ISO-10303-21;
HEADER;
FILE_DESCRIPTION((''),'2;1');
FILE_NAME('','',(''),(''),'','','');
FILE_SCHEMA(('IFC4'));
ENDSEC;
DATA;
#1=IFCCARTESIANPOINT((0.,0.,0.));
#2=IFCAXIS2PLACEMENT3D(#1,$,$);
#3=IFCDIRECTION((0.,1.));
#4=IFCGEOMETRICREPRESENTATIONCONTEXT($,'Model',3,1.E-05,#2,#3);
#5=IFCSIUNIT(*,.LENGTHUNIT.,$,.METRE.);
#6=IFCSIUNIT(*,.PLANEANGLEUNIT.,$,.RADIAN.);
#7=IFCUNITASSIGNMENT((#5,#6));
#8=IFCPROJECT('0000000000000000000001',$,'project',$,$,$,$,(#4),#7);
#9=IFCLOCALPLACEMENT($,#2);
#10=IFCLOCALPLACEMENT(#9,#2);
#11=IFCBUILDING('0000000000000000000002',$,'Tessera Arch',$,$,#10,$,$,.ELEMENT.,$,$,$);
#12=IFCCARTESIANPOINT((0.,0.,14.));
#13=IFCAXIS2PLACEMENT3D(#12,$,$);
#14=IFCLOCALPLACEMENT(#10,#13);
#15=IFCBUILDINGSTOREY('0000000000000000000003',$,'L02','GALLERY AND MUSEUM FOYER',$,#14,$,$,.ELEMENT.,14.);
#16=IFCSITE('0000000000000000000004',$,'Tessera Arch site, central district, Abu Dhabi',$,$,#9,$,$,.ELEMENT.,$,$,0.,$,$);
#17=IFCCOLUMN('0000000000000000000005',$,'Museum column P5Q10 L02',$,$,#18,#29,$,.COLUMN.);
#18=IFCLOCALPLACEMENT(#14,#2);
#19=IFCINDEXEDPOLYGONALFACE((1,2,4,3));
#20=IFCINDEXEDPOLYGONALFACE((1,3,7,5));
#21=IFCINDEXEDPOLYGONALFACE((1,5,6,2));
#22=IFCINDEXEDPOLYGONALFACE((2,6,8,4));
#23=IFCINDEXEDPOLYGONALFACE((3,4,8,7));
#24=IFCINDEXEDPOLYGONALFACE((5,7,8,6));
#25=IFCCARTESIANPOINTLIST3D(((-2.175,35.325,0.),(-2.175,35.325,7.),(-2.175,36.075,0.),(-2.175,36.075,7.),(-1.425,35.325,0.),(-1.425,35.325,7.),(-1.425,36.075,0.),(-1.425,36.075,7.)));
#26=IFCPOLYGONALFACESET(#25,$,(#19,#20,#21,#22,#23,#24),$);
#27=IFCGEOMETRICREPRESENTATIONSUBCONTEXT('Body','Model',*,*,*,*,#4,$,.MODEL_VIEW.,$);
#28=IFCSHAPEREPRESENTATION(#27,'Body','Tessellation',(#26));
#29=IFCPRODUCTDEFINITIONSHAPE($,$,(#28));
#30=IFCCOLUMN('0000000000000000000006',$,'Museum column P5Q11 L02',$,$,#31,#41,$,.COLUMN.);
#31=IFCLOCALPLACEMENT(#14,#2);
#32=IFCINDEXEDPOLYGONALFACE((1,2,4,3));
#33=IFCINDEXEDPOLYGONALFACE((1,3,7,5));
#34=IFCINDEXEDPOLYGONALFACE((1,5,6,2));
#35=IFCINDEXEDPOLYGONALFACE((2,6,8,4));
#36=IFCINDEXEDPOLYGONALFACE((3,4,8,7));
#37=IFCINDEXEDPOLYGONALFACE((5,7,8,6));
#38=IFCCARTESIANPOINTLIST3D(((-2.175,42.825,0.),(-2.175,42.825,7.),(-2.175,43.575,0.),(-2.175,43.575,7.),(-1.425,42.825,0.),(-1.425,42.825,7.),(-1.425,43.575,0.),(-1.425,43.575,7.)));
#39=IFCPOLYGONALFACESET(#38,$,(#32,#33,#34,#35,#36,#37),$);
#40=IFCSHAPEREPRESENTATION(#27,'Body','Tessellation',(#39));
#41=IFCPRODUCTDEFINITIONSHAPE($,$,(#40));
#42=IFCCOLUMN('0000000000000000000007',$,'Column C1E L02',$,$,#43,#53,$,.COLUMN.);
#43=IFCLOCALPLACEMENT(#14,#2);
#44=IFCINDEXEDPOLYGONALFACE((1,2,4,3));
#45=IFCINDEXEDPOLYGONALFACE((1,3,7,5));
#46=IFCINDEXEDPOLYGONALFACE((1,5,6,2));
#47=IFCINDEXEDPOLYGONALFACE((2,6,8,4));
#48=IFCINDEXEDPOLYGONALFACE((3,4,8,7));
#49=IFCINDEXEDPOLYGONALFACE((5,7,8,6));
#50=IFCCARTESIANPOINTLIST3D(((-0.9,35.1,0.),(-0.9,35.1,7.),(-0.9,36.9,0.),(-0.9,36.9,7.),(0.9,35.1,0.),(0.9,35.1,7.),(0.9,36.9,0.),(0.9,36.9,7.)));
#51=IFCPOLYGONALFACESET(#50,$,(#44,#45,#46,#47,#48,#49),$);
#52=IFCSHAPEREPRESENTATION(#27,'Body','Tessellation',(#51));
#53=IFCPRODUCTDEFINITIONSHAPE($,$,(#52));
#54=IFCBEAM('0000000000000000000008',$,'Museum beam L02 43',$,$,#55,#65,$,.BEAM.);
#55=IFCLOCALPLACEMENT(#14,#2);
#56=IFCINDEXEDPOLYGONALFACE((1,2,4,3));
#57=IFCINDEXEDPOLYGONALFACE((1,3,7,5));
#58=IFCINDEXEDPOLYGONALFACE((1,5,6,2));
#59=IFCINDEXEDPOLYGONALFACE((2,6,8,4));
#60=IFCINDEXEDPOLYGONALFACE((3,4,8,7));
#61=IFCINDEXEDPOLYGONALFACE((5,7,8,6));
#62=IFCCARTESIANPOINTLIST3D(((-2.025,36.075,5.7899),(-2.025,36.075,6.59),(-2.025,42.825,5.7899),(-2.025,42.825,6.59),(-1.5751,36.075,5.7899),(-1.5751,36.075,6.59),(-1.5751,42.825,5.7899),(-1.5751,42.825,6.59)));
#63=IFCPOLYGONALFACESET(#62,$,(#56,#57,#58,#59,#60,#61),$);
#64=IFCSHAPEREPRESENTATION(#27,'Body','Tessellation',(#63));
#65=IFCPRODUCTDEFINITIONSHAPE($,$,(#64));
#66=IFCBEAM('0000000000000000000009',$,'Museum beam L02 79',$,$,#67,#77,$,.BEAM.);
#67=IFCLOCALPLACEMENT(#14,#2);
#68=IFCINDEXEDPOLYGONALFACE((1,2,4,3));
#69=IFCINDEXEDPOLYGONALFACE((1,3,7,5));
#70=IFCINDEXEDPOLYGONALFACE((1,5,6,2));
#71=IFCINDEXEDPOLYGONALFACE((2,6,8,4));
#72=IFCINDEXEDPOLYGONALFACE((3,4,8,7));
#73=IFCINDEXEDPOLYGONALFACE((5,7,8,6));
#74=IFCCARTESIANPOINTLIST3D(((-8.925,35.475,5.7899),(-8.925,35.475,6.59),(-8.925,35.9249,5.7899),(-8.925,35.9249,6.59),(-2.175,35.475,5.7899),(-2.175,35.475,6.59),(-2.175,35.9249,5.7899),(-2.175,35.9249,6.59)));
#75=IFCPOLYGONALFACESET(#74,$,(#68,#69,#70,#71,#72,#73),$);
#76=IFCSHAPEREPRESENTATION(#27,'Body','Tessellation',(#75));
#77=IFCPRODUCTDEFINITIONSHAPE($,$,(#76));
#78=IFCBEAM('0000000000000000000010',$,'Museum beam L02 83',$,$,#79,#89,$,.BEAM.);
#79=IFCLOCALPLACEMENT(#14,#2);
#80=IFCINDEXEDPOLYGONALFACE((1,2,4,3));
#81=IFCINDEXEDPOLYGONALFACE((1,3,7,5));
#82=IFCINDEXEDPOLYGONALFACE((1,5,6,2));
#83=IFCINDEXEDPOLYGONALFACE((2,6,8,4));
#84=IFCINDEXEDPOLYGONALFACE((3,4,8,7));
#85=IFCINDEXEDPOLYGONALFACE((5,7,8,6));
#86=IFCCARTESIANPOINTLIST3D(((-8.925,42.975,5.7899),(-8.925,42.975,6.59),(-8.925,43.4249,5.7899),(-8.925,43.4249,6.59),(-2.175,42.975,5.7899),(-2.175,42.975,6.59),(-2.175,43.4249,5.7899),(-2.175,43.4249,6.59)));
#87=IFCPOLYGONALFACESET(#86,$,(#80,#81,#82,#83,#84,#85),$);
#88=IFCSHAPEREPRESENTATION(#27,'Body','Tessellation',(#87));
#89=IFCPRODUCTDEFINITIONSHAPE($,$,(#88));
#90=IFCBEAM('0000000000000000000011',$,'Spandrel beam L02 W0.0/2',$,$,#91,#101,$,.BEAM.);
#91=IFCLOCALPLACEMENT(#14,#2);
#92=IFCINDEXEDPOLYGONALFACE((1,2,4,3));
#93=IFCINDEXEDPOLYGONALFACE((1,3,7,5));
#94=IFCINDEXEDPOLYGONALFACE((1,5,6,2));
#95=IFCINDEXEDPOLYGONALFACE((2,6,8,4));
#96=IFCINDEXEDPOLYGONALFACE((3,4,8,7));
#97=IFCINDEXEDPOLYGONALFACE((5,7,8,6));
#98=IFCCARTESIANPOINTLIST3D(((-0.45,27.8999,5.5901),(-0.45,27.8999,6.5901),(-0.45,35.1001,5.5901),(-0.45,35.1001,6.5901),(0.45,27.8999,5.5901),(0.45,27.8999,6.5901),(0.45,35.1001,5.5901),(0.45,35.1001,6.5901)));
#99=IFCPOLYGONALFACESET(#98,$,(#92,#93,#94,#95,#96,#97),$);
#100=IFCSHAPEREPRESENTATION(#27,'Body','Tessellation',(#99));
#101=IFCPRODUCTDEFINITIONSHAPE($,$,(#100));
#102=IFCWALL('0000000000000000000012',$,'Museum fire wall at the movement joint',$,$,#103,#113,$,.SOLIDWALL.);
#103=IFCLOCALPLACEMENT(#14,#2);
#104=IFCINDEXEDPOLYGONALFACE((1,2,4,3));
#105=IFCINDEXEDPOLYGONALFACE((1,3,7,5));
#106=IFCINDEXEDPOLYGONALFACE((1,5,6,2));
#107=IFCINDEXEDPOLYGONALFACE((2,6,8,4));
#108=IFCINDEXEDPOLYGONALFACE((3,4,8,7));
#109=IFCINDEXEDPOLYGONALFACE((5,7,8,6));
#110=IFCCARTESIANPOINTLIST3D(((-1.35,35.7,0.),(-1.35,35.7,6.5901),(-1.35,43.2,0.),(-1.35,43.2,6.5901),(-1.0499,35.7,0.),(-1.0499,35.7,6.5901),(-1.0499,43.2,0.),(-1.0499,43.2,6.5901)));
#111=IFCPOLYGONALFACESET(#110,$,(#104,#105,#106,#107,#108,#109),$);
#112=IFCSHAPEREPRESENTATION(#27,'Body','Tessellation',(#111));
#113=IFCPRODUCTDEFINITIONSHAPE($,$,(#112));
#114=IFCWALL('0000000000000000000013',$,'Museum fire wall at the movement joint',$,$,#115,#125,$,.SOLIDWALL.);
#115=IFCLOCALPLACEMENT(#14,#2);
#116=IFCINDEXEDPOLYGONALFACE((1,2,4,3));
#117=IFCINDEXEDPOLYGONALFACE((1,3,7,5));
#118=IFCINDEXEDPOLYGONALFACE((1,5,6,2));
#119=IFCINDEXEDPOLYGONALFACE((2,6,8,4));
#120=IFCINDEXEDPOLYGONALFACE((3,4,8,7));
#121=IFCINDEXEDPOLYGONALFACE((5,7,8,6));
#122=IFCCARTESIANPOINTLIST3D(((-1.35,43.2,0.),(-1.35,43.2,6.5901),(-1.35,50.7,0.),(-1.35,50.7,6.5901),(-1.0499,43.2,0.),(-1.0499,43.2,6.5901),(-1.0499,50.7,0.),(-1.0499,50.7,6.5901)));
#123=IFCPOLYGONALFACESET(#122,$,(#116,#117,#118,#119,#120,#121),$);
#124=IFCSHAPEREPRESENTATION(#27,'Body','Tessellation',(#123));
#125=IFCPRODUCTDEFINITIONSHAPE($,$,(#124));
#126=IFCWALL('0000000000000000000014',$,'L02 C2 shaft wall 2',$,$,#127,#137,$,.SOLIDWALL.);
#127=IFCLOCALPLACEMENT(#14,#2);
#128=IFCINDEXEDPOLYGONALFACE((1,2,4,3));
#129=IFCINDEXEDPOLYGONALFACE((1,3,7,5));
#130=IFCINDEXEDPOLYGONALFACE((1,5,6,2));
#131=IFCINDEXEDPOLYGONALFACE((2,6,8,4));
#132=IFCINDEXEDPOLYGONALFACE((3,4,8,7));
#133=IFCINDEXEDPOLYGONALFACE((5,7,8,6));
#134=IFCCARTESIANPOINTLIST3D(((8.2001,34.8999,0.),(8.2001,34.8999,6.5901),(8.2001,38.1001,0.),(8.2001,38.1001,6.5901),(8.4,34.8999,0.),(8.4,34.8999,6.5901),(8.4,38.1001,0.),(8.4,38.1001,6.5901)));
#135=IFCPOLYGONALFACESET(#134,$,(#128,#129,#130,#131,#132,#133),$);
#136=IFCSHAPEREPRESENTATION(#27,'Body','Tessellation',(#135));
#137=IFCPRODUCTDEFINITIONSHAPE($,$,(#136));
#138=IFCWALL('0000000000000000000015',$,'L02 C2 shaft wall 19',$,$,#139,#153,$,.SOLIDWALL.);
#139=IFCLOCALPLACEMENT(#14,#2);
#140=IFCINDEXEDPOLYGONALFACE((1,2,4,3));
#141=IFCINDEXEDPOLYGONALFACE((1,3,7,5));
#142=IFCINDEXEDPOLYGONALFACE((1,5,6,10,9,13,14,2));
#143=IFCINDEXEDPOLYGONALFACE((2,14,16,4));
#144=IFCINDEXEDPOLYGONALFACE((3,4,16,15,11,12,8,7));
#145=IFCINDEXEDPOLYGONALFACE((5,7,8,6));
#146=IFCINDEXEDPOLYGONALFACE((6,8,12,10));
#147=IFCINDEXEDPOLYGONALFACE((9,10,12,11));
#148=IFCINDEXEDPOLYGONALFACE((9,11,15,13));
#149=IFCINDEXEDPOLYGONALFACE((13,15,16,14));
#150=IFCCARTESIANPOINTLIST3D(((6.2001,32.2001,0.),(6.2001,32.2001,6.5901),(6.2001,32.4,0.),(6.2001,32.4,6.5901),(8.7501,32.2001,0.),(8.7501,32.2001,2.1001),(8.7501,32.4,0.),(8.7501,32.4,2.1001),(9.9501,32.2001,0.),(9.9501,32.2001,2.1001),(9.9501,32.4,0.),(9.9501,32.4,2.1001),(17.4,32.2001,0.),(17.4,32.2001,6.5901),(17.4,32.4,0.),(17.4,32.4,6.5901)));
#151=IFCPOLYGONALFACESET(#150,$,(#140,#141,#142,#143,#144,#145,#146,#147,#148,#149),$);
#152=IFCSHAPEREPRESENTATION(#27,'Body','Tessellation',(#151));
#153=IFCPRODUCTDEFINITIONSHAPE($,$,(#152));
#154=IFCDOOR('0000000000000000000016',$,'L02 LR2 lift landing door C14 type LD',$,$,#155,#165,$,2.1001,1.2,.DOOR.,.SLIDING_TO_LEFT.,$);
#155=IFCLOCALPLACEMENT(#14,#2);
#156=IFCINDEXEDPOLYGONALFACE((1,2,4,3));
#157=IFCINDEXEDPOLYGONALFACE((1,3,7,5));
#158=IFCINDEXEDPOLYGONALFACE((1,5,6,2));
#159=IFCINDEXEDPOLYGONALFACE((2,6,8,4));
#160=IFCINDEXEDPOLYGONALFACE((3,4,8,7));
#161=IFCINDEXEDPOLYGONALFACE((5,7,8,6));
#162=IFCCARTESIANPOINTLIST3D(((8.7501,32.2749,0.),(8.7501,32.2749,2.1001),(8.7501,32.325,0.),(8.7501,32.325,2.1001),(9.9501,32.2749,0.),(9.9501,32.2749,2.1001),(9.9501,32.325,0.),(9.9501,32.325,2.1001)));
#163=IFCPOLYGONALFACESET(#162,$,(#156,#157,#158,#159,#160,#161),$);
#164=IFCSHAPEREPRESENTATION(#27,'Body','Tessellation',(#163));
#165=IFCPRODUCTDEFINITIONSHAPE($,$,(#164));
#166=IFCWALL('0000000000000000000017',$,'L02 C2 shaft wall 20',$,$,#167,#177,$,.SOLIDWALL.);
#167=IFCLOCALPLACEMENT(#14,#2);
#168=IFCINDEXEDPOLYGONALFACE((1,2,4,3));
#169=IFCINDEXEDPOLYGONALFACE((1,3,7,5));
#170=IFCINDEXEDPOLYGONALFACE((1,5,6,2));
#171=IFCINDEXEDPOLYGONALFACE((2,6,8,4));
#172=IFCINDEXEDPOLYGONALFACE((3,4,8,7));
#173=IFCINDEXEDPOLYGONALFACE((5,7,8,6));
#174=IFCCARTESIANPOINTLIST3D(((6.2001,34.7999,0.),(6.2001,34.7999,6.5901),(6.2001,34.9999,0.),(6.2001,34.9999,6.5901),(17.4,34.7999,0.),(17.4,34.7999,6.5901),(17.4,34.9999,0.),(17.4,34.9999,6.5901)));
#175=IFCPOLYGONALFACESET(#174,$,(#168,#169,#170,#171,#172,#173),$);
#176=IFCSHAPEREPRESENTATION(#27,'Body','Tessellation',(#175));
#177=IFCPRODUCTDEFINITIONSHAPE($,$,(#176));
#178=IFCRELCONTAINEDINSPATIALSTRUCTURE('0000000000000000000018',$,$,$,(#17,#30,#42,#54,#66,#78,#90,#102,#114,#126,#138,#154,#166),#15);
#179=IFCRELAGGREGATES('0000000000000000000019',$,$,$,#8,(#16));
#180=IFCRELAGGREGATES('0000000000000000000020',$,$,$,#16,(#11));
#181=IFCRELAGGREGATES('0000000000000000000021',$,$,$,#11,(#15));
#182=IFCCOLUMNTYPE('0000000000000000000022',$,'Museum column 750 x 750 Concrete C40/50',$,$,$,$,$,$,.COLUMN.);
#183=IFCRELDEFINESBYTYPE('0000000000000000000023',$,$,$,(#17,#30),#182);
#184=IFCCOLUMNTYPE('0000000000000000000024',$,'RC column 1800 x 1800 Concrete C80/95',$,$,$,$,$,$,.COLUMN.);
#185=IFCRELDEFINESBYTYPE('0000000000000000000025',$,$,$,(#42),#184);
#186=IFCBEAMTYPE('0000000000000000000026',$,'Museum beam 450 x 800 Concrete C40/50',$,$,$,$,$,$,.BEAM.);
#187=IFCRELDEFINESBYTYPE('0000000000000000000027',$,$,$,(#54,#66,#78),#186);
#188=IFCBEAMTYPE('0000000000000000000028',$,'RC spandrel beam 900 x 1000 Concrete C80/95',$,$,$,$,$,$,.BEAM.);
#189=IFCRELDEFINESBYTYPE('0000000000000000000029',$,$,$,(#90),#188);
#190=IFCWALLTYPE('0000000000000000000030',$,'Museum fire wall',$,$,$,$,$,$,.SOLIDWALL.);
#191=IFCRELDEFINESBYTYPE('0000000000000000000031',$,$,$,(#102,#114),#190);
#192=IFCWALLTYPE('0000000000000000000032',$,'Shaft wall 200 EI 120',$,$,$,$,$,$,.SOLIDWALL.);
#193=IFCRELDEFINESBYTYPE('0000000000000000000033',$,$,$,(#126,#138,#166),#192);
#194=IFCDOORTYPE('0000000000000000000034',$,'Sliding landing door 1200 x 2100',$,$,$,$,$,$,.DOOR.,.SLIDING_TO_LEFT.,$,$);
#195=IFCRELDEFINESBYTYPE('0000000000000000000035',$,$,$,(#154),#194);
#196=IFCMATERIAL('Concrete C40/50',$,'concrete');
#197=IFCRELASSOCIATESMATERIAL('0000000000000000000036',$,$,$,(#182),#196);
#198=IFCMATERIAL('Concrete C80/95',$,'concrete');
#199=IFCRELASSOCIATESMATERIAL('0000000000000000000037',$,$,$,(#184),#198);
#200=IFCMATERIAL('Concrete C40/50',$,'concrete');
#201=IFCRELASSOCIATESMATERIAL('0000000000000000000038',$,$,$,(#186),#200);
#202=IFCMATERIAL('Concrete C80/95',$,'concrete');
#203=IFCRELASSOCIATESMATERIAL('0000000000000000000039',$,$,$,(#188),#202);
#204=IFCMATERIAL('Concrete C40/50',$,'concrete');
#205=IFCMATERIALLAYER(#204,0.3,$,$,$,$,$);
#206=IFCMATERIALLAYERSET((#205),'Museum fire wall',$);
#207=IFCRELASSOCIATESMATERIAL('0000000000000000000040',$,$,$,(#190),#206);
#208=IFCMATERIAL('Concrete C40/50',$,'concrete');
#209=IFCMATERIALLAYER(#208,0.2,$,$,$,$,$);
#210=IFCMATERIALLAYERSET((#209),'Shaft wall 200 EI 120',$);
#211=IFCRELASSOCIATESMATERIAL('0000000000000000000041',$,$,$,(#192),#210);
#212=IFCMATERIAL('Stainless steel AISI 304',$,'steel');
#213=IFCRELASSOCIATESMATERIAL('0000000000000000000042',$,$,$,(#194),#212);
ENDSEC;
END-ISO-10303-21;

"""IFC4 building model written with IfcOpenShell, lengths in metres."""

from ifc_helpers import new_model, si_unit, direction, frame, frame_2d, origin, origin_2d, place, context, subcontext, project, spatial, rectangle, extrude, material, layer, layer_set, material_profile, profile_set, type_object, element, fill, save


model = new_model("IFC4")

# Units and contexts
model_context = context("Model", 3, precision=1e-05, world=origin(), true_north=direction((0.0, 1.0)))
body_context = subcontext(model_context, "Body", "Model", "MODEL_VIEW")
ifc_project = project(units=[si_unit("LENGTHUNIT", "METRE"), si_unit("PLANEANGLEUNIT", "RADIAN")], contexts=[model_context])

# Site, building, storey
site_placement = place(None, origin())
site = spatial("IfcSite", under=ifc_project, at=site_placement, Name="Tessera Arch site, central district, Abu Dhabi", CompositionType="ELEMENT", RefElevation=0.0)
building_placement = place(site_placement, origin())
building = spatial("IfcBuilding", under=site, at=building_placement, Name="Tessera Arch", CompositionType="ELEMENT")
storey_placement = place(building_placement, frame((0.0, 0.0, 14.0)))
storey = spatial("IfcBuildingStorey", under=building, at=storey_placement, Name="L02", Description="GALLERY AND MUSEUM FOYER", CompositionType="ELEMENT", Elevation=14.0)

# Columns
ifc_material_1 = material(Name="Concrete C40/50", Category="concrete")
ifc_material_profile_1 = material_profile(ifc_material_1, rectangle(XDim=0.75, YDim=0.75, at=origin_2d()), Name="Museum column 750 x 750 Concrete C40/50")
ifc_profile_set_1 = profile_set([ifc_material_profile_1], Name="Concrete C40/50")
column_type_1 = type_object("IfcColumnType", Name="Museum column 750 x 750 Concrete C40/50", PredefinedType="COLUMN", material=ifc_profile_set_1)
for number, where, z_axis, x_axis, name in (
    (1, (-1.8, 35.7, 0.0), (0.0, 0.0, 1.0), (1.0, 0.0, 0.0), "Museum column P5Q10 L02"),
    (2, (-1.8, 43.2, 0.0), (0.0, 0.0, 1.0), (1.0, 0.0, 0.0), "Museum column P5Q11 L02"),
):
    element("IfcColumn", number, at=place(storey_placement, frame(where, z_axis=z_axis, x_axis=x_axis)), inside=storey, type_object=column_type_1, Name=name, PredefinedType="COLUMN", context=body_context, shape_type="SweptSolid", body=[
        extrude(rectangle(XDim=0.75, YDim=0.75, at=origin_2d()), origin(), (0.0, 0.0, 1.0), 7.0),
    ])
ifc_material_2 = material(Name="Concrete C80/95", Category="concrete")
ifc_material_profile_2 = material_profile(ifc_material_2, rectangle(XDim=1.8, YDim=1.8, at=origin_2d()), Name="RC column 1800 x 1800 Concrete C80/95")
ifc_profile_set_2 = profile_set([ifc_material_profile_2], Name="Concrete C80/95")
column_type_2 = type_object("IfcColumnType", Name="RC column 1800 x 1800 Concrete C80/95", PredefinedType="COLUMN", material=ifc_profile_set_2)
column_placement = place(storey_placement, frame((0.0, 36.0, 0.0), z_axis=(0.0, 0.0, 1.0), x_axis=(1.0, 0.0, 0.0)))
element("IfcColumn", 3, at=column_placement, inside=storey, type_object=column_type_2, Name="Column C1E L02", PredefinedType="COLUMN", context=body_context, shape_type="SweptSolid", body=[
    extrude(rectangle(XDim=1.8, YDim=1.8, at=origin_2d()), origin(), (0.0, 0.0, 1.0), 7.0),
])

# Beams
ifc_material_3 = material(Name="Concrete C40/50", Category="concrete")
ifc_material_profile_3 = material_profile(ifc_material_3, rectangle(XDim=0.45, YDim=0.8, at=origin_2d()), Name="Museum beam 450 x 800 Concrete C40/50")
ifc_profile_set_3 = profile_set([ifc_material_profile_3], Name="Concrete C40/50")
beam_type_1 = type_object("IfcBeamType", Name="Museum beam 450 x 800 Concrete C40/50", PredefinedType="BEAM", material=ifc_profile_set_3)
for number, where, z_axis, x_axis, name in (
    (4, (-1.8, 36.075, 6.1899), (0.0, 1.0, 0.0), (-1.0, 0.0, 0.0), "Museum beam L02 43"),
    (5, (-8.925, 35.7, 6.1899), (1.0, 0.0, 0.0), (0.0, 1.0, 0.0), "Museum beam L02 79"),
    (6, (-8.925, 43.2, 6.1899), (1.0, 0.0, 0.0), (0.0, 1.0, 0.0), "Museum beam L02 83"),
):
    element("IfcBeam", number, at=place(storey_placement, frame(where, z_axis=z_axis, x_axis=x_axis)), inside=storey, type_object=beam_type_1, Name=name, PredefinedType="BEAM", context=body_context, shape_type="SweptSolid", body=[
        extrude(rectangle(XDim=0.45, YDim=0.8, at=origin_2d()), origin(), (0.0, 0.0, 1.0), 6.75),
    ])
ifc_material_4 = material(Name="Concrete C80/95", Category="concrete")
ifc_material_profile_4 = material_profile(ifc_material_4, rectangle(XDim=0.8999, YDim=1.0, at=origin_2d()), Name="RC spandrel beam 900 x 1000 Concrete C80/95")
ifc_profile_set_4 = profile_set([ifc_material_profile_4], Name="Concrete C80/95")
beam_type_2 = type_object("IfcBeamType", Name="RC spandrel beam 900 x 1000 Concrete C80/95", PredefinedType="BEAM", material=ifc_profile_set_4)
beam_placement = place(storey_placement, frame((0.0, 35.1001, 6.0901), z_axis=(0.0, -1.0, 0.0), x_axis=(1.0, 0.0, 0.0)))
element("IfcBeam", 7, at=beam_placement, inside=storey, type_object=beam_type_2, Name="Spandrel beam L02 W0.0/2", PredefinedType="BEAM", context=body_context, shape_type="SweptSolid", body=[
    extrude(rectangle(XDim=0.8999, YDim=1.0, at=origin_2d()), origin(), (0.0, 0.0, 1.0), 7.2002),
])

# Walls
ifc_material_5 = material(Name="Concrete C40/50", Category="concrete")
ifc_layer_1 = layer(ifc_material_5, 0.3)
ifc_layer_set_1 = layer_set([ifc_layer_1], Name="Museum fire wall")
wall_type_1 = type_object("IfcWallType", Name="Museum fire wall", PredefinedType="SOLIDWALL", material=ifc_layer_set_1)
for number, where, z_axis, x_axis, name in (
    (8, (-1.2, 35.7, 0.0), (0.0, 0.0, 1.0), (0.0, 1.0, 0.0), "Museum fire wall at the movement joint"),
    (9, (-1.2, 43.2, 0.0), (0.0, 0.0, 1.0), (0.0, 1.0, 0.0), "Museum fire wall at the movement joint"),
):
    element("IfcWall", number, at=place(storey_placement, frame(where, z_axis=z_axis, x_axis=x_axis)), inside=storey, type_object=wall_type_1, Name=name, PredefinedType="SOLIDWALL", context=body_context, shape_type="SweptSolid", body=[
        extrude(rectangle(XDim=7.5, YDim=0.3, at=frame_2d((3.75, 0.0))), origin(), (0.0, 0.0, 1.0), 6.5901),
    ])
ifc_material_6 = material(Name="Concrete C40/50", Category="concrete")
ifc_layer_2 = layer(ifc_material_6, 0.2)
ifc_layer_set_2 = layer_set([ifc_layer_2], Name="Shaft wall 200 EI 120")
wall_type_2 = type_object("IfcWallType", Name="Shaft wall 200 EI 120", PredefinedType="SOLIDWALL", material=ifc_layer_set_2)
wall_1_placement = place(storey_placement, frame((8.3, 34.8999, 0.0), z_axis=(0.0, 0.0, 1.0), x_axis=(0.0, 1.0, 0.0)))
element("IfcWall", 10, at=wall_1_placement, inside=storey, type_object=wall_type_2, Name="L02 C2 shaft wall 2", PredefinedType="SOLIDWALL", context=body_context, shape_type="SweptSolid", body=[
    extrude(rectangle(XDim=3.2002, YDim=0.2, at=frame_2d((1.6001, 0.0))), origin(), (0.0, 0.0, 1.0), 6.5901),
])

# Wall, opening, door
wall_2_placement = place(storey_placement, frame((6.2, 32.3, 0.0), z_axis=(0.0, 0.0, 1.0), x_axis=(1.0, 0.0, 0.0)))
wall_2 = element("IfcWall", 11, at=wall_2_placement, inside=storey, type_object=wall_type_2, Name="L02 C2 shaft wall 19", PredefinedType="SOLIDWALL", context=body_context, shape_type="SweptSolid", body=[
    extrude(rectangle(XDim=11.2, YDim=0.2, at=frame_2d((5.6001, 0.0))), origin(), (0.0, 0.0, 1.0), 6.5901),
])
opening_1_placement = place(wall_2_placement, frame((2.55, 0.0, 0.0)))
opening_1 = element("IfcOpeningElement", 12, at=opening_1_placement, cuts=wall_2, PredefinedType="OPENING", context=body_context, shape_type="SweptSolid", body=[
    extrude(rectangle(XDim=1.2, YDim=2.1001, at=frame_2d((0.6001, 1.05))), frame((0.0, 0.1099, 0.0), z_axis=(0.0, -1.0, 0.0), x_axis=(1.0, 0.0, 0.0)), (0.0, 0.0, 1.0), 0.22),
])
ifc_material_7 = material(Name="Stainless steel AISI 304", Category="steel")
door_type = type_object("IfcDoorType", Name="Sliding landing door 1200 x 2100", OperationType="SLIDING_TO_LEFT", PredefinedType="DOOR", material=ifc_material_7)
door_1_placement = place(opening_1_placement, origin())
door_1 = element("IfcDoor", 13, at=door_1_placement, inside=storey, type_object=door_type, Name="L02 LR2 lift landing door C14 type LD", OperationType="SLIDING_TO_LEFT", OverallHeight=2.1001, OverallWidth=1.2, PredefinedType="DOOR", context=body_context, shape_type="SweptSolid", body=[
    extrude(rectangle(XDim=1.2, YDim=2.1001, at=frame_2d((0.6001, 1.05))), frame((0.0, 0.0249, 0.0), z_axis=(0.0, -1.0, 0.0), x_axis=(1.0, 0.0, 0.0)), (0.0, 0.0, 1.0), 0.05),
])
fill(opening_1, door_1)

# Wall
wall_3_placement = place(storey_placement, frame((6.2, 34.8999, 0.0), z_axis=(0.0, 0.0, 1.0), x_axis=(1.0, 0.0, 0.0)))
element("IfcWall", 14, at=wall_3_placement, inside=storey, type_object=wall_type_2, Name="L02 C2 shaft wall 20", PredefinedType="SOLIDWALL", context=body_context, shape_type="SweptSolid", body=[
    extrude(rectangle(XDim=11.2, YDim=0.2, at=frame_2d((5.6001, 0.0))), origin(), (0.0, 0.0, 1.0), 6.5901),
])

save(model, "model.ifc")
